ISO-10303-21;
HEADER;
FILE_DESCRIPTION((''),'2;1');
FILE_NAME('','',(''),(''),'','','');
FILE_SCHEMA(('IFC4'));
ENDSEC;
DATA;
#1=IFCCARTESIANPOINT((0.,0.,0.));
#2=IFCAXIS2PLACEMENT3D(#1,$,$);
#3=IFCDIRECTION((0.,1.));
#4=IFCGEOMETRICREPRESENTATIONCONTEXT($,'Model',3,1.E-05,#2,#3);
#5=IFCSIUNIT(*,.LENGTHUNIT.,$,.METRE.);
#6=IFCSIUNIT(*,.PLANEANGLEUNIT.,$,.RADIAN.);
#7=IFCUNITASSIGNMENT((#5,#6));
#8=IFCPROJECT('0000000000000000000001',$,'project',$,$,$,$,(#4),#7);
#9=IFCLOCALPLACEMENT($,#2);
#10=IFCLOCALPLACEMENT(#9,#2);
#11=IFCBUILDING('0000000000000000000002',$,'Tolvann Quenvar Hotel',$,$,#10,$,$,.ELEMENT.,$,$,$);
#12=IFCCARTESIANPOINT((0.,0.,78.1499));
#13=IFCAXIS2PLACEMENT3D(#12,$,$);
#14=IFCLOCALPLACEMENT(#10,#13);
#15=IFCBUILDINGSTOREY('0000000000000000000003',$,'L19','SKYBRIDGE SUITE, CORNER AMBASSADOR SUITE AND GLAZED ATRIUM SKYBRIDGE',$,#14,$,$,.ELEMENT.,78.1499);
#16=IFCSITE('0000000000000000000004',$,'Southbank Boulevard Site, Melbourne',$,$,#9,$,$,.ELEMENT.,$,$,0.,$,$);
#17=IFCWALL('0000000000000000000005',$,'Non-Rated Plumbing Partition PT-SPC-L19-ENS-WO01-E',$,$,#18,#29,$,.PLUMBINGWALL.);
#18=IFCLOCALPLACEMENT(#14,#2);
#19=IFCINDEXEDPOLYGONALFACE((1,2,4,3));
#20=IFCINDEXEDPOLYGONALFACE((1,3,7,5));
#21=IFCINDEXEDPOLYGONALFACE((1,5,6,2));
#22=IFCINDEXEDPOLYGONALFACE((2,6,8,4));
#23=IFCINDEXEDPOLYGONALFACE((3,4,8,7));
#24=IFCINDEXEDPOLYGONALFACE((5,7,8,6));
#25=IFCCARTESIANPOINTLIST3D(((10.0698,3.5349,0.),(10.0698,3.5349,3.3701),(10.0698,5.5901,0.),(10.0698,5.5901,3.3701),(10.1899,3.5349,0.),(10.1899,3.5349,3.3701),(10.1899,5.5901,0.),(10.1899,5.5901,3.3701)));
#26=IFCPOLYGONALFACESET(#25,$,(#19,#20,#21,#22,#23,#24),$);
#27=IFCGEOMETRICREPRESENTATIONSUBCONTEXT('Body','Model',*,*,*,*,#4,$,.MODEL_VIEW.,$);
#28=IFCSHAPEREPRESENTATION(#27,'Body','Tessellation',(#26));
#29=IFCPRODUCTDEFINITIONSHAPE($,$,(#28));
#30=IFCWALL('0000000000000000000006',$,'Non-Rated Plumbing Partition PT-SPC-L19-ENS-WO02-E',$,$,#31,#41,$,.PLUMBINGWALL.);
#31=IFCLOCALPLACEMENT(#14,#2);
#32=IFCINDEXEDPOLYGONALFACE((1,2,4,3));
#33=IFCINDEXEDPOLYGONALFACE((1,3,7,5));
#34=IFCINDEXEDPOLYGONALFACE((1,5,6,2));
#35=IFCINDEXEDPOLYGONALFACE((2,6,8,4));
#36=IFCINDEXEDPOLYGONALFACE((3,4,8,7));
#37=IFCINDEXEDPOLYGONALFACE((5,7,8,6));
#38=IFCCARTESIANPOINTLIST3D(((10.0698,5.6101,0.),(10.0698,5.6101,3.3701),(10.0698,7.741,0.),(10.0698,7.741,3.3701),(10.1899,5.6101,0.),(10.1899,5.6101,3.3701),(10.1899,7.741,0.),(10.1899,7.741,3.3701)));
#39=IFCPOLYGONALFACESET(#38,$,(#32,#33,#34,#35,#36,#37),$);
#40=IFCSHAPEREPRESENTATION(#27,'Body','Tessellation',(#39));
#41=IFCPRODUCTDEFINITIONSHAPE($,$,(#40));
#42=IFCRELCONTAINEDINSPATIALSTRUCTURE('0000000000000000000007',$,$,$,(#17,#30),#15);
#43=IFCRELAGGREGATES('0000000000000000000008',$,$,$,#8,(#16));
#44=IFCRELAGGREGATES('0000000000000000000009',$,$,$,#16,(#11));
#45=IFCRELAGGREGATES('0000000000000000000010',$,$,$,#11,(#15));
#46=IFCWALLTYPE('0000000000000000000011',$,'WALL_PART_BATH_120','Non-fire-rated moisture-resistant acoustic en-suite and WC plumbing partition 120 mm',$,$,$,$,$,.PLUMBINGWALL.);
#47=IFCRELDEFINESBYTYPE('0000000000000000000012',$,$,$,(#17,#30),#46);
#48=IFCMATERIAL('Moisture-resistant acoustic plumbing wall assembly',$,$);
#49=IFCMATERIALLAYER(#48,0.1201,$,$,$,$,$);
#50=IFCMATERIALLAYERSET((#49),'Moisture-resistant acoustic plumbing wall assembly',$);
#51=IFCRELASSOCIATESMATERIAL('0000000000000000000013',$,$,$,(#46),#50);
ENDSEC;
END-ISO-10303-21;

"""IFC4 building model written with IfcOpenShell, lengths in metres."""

from ifc_helpers import new_model, si_unit, direction, frame, frame_2d, origin, place, context, subcontext, project, spatial, rectangle, extrude, material, layer, layer_set, type_object, element, save


model = new_model("IFC4")

# Units and contexts
model_context = context("Model", 3, precision=1e-05, world=origin(), true_north=direction((0.0, 1.0)))
body_context = subcontext(model_context, "Body", "Model", "MODEL_VIEW")
ifc_project = project(units=[si_unit("LENGTHUNIT", "METRE"), si_unit("PLANEANGLEUNIT", "RADIAN")], contexts=[model_context])

# Site, building, storey
site_placement = place(None, origin())
site = spatial("IfcSite", under=ifc_project, at=site_placement, Name="Southbank Boulevard Site, Melbourne", CompositionType="ELEMENT", RefElevation=0.0)
building_placement = place(site_placement, origin())
building = spatial("IfcBuilding", under=site, at=building_placement, Name="Tolvann Quenvar Hotel", CompositionType="ELEMENT")
storey_placement = place(building_placement, frame((0.0, 0.0, 78.1499)))
storey = spatial("IfcBuildingStorey", under=building, at=storey_placement, Name="L19", Description="SKYBRIDGE SUITE, CORNER AMBASSADOR SUITE AND GLAZED ATRIUM SKYBRIDGE", CompositionType="ELEMENT", Elevation=78.1499)

# Walls
ifc_material_1 = material(Name="Moisture-resistant acoustic plumbing wall assembly")
ifc_layer_1 = layer(ifc_material_1, 0.1201)
ifc_layer_set_1 = layer_set([ifc_layer_1], Name="Moisture-resistant acoustic plumbing wall assembly")
wall_type_1 = type_object("IfcWallType", Name="WALL_PART_BATH_120", Description="Non-fire-rated moisture-resistant acoustic en-suite and WC plumbing partition 120 mm", PredefinedType="PLUMBINGWALL", material=ifc_layer_set_1)
wall_1_placement = place(storey_placement, frame((10.1299, 3.5349, 0.0), z_axis=(0.0, 0.0, 1.0), x_axis=(0.0, 1.0, 0.0)))
element("IfcWall", 1, at=wall_1_placement, inside=storey, type_object=wall_type_1, Name="Non-Rated Plumbing Partition PT-SPC-L19-ENS-WO01-E", PredefinedType="PLUMBINGWALL", context=body_context, shape_type="SweptSolid", body=[
    extrude(rectangle(XDim=2.0552, YDim=0.1201, at=frame_2d((1.0276, 0.0))), origin(), (0.0, 0.0, 1.0), 3.3701),
])
wall_2_placement = place(storey_placement, frame((10.1299, 5.6101, 0.0), z_axis=(0.0, 0.0, 1.0), x_axis=(0.0, 1.0, 0.0)))
element("IfcWall", 2, at=wall_2_placement, inside=storey, type_object=wall_type_1, Name="Non-Rated Plumbing Partition PT-SPC-L19-ENS-WO02-E", PredefinedType="PLUMBINGWALL", context=body_context, shape_type="SweptSolid", body=[
    extrude(rectangle(XDim=2.1309, YDim=0.1201, at=frame_2d((1.0654, 0.0))), origin(), (0.0, 0.0, 1.0), 3.3701),
])

save(model, "model.ifc")
